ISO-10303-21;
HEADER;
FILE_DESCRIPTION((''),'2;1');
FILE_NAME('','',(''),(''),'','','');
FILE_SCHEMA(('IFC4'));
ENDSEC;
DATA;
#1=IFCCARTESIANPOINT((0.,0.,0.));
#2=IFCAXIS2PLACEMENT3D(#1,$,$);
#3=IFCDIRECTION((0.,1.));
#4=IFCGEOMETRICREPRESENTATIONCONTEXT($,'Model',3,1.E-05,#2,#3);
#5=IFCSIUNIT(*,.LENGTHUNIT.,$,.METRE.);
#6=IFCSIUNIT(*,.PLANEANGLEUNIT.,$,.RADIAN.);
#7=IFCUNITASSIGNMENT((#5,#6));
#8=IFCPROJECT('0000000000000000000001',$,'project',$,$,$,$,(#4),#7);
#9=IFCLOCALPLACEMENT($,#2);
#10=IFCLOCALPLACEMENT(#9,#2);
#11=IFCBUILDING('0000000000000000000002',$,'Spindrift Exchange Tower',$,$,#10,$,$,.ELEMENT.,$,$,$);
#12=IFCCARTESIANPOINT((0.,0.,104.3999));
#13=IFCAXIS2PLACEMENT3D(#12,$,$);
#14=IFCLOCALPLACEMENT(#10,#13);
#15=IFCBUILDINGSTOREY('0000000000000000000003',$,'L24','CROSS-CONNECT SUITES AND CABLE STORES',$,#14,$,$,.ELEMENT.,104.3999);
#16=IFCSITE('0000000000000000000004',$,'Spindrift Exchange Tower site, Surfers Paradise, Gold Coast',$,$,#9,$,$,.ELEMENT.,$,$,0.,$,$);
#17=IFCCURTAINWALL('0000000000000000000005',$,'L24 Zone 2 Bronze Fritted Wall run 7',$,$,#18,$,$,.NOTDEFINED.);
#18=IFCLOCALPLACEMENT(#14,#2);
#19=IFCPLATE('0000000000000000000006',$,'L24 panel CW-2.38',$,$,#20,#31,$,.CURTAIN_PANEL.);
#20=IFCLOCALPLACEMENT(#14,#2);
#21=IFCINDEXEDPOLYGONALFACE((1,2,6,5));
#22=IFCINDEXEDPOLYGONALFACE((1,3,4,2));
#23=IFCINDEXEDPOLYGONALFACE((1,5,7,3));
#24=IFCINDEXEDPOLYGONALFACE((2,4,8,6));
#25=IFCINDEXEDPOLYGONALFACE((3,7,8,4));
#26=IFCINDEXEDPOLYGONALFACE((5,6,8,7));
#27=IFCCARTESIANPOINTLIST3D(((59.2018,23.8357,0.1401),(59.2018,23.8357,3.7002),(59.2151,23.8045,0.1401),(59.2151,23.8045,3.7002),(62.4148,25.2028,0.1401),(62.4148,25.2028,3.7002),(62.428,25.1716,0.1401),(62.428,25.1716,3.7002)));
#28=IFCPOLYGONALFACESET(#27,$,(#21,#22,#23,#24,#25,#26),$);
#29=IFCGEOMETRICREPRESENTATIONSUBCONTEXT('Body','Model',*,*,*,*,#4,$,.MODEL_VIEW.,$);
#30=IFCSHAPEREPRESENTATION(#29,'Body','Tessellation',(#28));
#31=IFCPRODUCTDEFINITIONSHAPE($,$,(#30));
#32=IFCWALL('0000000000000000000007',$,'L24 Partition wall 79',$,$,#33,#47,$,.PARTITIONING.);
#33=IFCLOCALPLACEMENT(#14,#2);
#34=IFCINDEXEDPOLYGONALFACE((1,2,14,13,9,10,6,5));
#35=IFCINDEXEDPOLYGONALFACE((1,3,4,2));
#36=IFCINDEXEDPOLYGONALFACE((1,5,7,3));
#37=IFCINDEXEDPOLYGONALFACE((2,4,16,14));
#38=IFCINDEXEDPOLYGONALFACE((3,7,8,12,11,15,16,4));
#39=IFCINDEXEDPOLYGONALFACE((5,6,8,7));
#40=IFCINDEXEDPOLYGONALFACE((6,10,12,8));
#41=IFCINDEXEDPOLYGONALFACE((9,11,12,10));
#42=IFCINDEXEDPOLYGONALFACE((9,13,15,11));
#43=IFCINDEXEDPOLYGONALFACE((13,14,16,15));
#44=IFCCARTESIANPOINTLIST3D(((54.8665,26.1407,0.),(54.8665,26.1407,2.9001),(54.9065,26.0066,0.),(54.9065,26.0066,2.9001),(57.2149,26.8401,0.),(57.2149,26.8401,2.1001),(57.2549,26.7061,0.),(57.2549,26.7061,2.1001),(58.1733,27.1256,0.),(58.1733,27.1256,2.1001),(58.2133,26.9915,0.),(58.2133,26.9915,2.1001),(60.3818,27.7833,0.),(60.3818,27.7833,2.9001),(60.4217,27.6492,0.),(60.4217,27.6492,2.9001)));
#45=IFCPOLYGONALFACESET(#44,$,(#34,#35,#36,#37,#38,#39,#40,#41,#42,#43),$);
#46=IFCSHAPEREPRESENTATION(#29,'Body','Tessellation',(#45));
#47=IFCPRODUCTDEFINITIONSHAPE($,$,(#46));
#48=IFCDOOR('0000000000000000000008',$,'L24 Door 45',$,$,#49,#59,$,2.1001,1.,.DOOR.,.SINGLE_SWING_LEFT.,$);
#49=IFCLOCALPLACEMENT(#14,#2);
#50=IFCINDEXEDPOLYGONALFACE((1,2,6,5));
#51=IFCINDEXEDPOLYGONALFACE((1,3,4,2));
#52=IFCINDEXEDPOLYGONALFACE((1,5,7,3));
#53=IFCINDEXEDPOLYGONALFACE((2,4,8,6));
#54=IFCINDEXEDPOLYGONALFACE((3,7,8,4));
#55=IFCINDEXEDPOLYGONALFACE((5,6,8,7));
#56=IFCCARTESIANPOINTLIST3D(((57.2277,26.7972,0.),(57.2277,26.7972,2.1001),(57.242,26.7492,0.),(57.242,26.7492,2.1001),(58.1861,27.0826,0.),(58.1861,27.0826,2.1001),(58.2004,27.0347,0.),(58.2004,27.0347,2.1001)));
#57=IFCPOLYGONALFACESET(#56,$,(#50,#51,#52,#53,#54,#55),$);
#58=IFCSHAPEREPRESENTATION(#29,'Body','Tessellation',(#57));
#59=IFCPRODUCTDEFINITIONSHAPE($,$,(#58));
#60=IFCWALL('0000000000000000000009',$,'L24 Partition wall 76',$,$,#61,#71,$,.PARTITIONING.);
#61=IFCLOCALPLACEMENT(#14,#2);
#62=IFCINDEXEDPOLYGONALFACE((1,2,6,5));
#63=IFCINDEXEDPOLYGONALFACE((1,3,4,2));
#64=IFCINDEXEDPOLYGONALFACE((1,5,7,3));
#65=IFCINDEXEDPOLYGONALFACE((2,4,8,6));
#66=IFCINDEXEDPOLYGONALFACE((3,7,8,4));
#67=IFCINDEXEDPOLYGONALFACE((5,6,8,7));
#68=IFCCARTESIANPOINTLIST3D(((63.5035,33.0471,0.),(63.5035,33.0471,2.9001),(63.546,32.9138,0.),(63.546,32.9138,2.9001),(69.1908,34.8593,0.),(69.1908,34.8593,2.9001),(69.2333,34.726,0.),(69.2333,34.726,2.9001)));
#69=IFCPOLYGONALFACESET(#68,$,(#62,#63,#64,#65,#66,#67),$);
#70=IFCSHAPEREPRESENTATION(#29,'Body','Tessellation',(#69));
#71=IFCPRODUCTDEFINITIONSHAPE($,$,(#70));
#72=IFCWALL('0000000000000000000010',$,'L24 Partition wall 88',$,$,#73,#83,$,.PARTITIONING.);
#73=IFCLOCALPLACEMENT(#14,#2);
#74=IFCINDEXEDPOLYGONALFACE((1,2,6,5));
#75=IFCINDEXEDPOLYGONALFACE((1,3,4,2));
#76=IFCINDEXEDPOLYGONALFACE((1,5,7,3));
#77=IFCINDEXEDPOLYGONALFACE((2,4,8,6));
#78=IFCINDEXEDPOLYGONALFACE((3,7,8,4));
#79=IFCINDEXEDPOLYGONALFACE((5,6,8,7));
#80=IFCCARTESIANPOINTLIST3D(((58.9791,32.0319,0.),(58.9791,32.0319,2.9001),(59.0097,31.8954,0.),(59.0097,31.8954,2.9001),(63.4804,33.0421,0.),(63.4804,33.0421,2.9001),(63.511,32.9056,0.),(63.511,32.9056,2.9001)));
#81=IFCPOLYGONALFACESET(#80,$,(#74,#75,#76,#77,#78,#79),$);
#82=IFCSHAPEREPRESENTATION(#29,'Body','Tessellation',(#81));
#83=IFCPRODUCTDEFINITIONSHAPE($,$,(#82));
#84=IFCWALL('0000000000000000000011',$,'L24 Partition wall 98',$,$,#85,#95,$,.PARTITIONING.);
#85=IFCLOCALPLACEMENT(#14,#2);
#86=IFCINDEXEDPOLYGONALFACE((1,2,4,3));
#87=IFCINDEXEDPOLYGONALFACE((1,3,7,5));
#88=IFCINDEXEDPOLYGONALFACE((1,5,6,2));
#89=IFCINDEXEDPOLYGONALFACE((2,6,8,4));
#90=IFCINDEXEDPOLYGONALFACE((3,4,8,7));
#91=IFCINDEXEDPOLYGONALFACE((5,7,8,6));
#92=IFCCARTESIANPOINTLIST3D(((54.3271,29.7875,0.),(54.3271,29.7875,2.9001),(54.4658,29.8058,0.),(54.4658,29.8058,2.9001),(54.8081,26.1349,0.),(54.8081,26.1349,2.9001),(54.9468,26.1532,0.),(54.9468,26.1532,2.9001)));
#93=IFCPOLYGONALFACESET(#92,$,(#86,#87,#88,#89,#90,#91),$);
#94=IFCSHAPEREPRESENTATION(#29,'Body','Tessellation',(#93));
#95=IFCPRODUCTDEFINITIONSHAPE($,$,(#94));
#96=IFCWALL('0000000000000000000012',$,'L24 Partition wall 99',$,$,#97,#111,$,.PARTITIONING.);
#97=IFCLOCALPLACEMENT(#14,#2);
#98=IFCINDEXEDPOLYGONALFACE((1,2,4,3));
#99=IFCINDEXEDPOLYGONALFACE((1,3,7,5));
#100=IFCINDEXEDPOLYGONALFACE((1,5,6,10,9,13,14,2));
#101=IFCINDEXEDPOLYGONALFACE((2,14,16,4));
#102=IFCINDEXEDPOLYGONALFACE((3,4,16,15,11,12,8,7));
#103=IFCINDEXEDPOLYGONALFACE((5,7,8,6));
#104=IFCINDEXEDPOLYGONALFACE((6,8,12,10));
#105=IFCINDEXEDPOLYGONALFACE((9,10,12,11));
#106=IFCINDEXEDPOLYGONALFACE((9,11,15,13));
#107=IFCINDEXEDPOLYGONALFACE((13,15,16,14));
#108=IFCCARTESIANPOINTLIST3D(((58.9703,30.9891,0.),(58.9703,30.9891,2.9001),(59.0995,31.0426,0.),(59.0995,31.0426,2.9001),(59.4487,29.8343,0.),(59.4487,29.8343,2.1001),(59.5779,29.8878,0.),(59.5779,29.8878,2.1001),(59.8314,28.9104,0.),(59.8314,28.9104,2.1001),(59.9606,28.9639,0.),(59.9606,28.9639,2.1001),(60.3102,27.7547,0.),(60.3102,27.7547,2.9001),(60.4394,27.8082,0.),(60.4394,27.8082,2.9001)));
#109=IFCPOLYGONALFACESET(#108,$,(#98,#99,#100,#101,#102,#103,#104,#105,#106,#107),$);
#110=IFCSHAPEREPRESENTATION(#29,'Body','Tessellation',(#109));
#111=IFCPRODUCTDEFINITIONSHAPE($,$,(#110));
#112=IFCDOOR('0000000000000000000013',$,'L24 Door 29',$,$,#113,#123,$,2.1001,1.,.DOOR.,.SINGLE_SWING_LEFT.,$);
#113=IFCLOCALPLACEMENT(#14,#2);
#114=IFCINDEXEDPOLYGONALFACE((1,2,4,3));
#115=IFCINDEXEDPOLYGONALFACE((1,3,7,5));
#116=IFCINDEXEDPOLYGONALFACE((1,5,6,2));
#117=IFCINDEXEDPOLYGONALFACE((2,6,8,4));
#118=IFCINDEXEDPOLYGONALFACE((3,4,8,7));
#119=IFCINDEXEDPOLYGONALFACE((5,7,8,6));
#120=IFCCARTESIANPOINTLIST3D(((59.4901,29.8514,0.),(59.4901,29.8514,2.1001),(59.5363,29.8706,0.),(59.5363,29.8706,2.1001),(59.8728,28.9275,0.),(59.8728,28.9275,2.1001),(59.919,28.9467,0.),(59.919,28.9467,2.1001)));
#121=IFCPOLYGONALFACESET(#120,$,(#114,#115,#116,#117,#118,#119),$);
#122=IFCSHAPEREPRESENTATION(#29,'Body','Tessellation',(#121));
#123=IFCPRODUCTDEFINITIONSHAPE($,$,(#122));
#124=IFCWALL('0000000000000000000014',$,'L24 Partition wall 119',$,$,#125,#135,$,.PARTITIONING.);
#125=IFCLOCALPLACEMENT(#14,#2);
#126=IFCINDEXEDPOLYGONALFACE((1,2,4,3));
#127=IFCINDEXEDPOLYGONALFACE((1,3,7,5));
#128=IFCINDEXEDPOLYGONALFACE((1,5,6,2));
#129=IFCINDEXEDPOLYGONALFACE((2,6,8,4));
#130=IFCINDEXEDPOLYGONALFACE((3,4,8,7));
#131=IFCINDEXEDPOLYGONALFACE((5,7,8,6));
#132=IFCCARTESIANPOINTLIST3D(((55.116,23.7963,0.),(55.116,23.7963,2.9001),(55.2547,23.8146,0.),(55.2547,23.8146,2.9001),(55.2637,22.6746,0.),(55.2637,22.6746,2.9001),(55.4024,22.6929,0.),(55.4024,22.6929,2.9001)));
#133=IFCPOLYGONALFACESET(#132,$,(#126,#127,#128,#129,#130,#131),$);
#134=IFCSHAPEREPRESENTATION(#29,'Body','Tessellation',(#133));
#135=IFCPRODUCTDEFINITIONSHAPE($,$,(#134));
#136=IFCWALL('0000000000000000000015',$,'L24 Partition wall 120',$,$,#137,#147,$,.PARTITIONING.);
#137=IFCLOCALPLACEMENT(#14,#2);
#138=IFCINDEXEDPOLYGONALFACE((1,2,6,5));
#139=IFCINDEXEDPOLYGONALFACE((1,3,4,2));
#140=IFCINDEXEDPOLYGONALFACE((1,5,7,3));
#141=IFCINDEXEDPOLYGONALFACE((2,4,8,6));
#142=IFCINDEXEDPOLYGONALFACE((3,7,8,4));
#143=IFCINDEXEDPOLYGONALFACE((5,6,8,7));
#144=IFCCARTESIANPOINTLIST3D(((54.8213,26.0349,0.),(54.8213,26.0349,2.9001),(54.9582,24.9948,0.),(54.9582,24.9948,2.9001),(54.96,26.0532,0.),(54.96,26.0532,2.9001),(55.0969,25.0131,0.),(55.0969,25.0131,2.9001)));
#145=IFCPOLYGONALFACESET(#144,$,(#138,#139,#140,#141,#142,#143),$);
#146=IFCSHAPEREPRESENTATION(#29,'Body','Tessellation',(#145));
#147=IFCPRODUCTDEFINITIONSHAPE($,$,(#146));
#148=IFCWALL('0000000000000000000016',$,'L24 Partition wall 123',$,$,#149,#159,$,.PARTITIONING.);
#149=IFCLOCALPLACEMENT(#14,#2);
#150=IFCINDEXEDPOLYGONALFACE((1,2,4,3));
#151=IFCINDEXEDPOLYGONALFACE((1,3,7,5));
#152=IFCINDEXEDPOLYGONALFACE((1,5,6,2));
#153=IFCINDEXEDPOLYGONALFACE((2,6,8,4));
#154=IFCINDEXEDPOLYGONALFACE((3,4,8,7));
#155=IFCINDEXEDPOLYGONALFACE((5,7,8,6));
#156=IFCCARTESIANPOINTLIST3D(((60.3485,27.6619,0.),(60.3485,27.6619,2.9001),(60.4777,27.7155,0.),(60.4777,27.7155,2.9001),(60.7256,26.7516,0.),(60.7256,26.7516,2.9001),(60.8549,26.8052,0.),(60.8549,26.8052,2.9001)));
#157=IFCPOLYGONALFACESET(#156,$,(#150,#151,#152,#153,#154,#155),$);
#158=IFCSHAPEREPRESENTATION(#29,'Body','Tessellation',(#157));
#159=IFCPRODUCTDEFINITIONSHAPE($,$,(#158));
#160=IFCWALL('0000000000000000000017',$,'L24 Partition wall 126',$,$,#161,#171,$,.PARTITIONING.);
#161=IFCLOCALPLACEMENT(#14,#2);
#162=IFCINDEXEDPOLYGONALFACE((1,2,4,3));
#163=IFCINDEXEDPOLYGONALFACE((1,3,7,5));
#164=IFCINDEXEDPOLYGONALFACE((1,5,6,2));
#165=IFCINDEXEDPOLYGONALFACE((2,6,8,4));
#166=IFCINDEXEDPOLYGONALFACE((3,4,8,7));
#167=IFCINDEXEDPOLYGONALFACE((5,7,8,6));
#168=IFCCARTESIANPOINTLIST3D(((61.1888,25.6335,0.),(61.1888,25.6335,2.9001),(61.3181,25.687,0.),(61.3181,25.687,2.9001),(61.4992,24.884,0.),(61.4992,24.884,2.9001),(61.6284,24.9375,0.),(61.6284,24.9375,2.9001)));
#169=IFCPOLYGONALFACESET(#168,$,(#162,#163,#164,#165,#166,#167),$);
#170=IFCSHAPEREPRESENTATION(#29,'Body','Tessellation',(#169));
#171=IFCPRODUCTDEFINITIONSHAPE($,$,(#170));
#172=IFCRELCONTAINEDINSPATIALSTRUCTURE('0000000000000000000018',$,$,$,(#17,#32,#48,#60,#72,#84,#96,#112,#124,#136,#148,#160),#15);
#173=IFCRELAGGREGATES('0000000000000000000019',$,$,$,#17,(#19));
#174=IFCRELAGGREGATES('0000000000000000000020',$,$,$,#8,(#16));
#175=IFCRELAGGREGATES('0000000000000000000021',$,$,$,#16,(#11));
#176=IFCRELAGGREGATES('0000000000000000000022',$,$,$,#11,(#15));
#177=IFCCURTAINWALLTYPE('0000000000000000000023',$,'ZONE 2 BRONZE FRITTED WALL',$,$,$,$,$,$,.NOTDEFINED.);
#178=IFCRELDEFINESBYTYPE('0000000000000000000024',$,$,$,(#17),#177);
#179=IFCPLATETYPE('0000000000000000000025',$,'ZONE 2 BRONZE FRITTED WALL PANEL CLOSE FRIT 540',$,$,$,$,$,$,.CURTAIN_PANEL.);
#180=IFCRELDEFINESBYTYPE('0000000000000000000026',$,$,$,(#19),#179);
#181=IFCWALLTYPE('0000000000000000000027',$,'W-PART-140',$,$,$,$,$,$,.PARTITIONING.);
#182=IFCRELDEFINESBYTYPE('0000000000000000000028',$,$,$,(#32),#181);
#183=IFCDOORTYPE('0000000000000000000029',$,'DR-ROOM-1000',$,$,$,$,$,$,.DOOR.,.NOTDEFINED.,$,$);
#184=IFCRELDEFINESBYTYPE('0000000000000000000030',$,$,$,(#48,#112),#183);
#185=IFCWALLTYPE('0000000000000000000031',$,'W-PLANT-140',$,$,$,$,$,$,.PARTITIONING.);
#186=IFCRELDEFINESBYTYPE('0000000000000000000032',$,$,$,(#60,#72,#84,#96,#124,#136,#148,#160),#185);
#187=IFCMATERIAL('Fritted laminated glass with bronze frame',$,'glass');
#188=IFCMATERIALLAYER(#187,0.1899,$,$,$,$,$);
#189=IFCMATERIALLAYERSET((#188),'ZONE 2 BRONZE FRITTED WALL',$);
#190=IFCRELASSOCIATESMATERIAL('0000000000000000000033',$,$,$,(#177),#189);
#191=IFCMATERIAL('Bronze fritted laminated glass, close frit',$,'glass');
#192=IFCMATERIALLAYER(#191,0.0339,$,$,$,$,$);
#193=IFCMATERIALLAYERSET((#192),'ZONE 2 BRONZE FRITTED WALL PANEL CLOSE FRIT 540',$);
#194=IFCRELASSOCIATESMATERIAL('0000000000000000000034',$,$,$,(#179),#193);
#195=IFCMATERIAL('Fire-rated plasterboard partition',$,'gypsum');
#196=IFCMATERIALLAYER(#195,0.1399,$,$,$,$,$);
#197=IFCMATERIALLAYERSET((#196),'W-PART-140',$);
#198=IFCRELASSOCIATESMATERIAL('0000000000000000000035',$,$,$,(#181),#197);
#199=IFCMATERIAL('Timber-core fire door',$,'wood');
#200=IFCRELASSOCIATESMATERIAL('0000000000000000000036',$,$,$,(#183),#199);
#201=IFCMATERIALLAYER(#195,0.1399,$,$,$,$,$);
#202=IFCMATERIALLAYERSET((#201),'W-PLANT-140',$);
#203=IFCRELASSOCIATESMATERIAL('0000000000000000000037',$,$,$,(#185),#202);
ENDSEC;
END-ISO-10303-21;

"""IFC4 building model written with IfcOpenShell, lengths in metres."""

from ifc_helpers import new_model, si_unit, direction, frame, frame_2d, origin, origin_2d, place, context, subcontext, project, spatial, rectangle, extrude, source, transform, mapped, material, layer, layer_set, type_object, element, fill, aggregate, save


model = new_model("IFC4")

# Units and contexts
model_context = context("Model", 3, precision=1e-05, world=origin(), true_north=direction((0.0, 1.0)))
body_context = subcontext(model_context, "Body", "Model", "MODEL_VIEW")
ifc_project = project(units=[si_unit("LENGTHUNIT", "METRE"), si_unit("PLANEANGLEUNIT", "RADIAN")], contexts=[model_context])

# Site, building, storey
site_placement = place(None, origin())
site = spatial("IfcSite", under=ifc_project, at=site_placement, Name="Spindrift Exchange Tower site, Surfers Paradise, Gold Coast", CompositionType="ELEMENT", RefElevation=0.0)
building_placement = place(site_placement, origin())
building = spatial("IfcBuilding", under=site, at=building_placement, Name="Spindrift Exchange Tower", CompositionType="ELEMENT")
storey_placement = place(building_placement, frame((0.0, 0.0, 104.3999)))
storey = spatial("IfcBuildingStorey", under=building, at=storey_placement, Name="L24", Description="CROSS-CONNECT SUITES AND CABLE STORES", CompositionType="ELEMENT", Elevation=104.3999)

# Curtain wall
ifc_material_1 = material(Name="Fritted laminated glass with bronze frame", Category="glass")
ifc_layer_1 = layer(ifc_material_1, 0.1899)
ifc_layer_set_1 = layer_set([ifc_layer_1], Name="ZONE 2 BRONZE FRITTED WALL")
curtain_wall_type = type_object("IfcCurtainWallType", Name="ZONE 2 BRONZE FRITTED WALL", PredefinedType="NOTDEFINED", material=ifc_layer_set_1)
curtain_wall_1_placement = place(storey_placement, origin())
curtain_wall_1 = element("IfcCurtainWall", 1, at=curtain_wall_1_placement, inside=storey, type_object=curtain_wall_type, Name="L24 Zone 2 Bronze Fritted Wall run 7", PredefinedType="NOTDEFINED")

# Shared definitions
ifc_material_2 = material(Name="Bronze fritted laminated glass, close frit", Category="glass")

# Plate
ifc_layer_2 = layer(ifc_material_2, 0.0339)
ifc_layer_set_2 = layer_set([ifc_layer_2], Name="ZONE 2 BRONZE FRITTED WALL PANEL CLOSE FRIT 540")
plate_type_1 = type_object("IfcPlateType", Name="ZONE 2 BRONZE FRITTED WALL PANEL CLOSE FRIT 540", PredefinedType="CURTAIN_PANEL", material=ifc_layer_set_2)
shared_shape_1 = source(origin(), body_context, "Body", "SweptSolid", [
    extrude(rectangle(XDim=3.4917, YDim=0.0339, at=origin_2d()), origin(), (0.0, 0.0, 1.0), 3.5601),
])
plate_1_placement = place(storey_placement, frame((60.8149, 24.5037, 0.1401), z_axis=(0.0, 0.0, 1.0), x_axis=(0.92016, 0.391542, 0.0)))
plate_1 = element("IfcPlate", 2, at=plate_1_placement, type_object=plate_type_1, Name="L24 panel CW-2.38", PredefinedType="CURTAIN_PANEL", context=body_context, shape_type="MappedRepresentation", body=[
    mapped(shared_shape_1, transform((0.0, 0.0, 0.0), scale=1.0)),
])
aggregate(curtain_wall_1, [plate_1])

# Wall, opening, door
ifc_material_3 = material(Name="Fire-rated plasterboard partition", Category="gypsum")
ifc_layer_3 = layer(ifc_material_3, 0.1399)
ifc_layer_set_3 = layer_set([ifc_layer_3], Name="W-PART-140")
wall_type_1 = type_object("IfcWallType", Name="W-PART-140", PredefinedType="PARTITIONING", material=ifc_layer_set_3)
wall_1_placement = place(storey_placement, frame((60.4019, 27.7163, 0.0), z_axis=(0.0, 0.0, 1.0), x_axis=(-0.958397, -0.28544, 0.0)))
wall_1 = element("IfcWall", 3, at=wall_1_placement, inside=storey, type_object=wall_type_1, Name="L24 Partition wall 79", PredefinedType="PARTITIONING", context=body_context, shape_type="SweptSolid", body=[
    extrude(rectangle(XDim=5.7546, YDim=0.1399, at=frame_2d((2.8774, 0.0))), origin(), (0.0, 0.0, 1.0), 2.9001),
])
opening_1_placement = place(wall_1_placement, frame((2.3044, 0.0, 0.0)))
opening_1 = element("IfcOpeningElement", 4, at=opening_1_placement, cuts=wall_1, PredefinedType="OPENING", context=body_context, shape_type="SweptSolid", body=[
    extrude(rectangle(XDim=1.0, YDim=2.1001, at=frame_2d((0.5, 1.05))), frame((0.0, 0.0798, 0.0), z_axis=(0.0, -1.0, 0.0), x_axis=(1.0, 0.0, 0.0)), (0.0, 0.0, 1.0), 0.1599),
])
ifc_material_4 = material(Name="Timber-core fire door", Category="wood")
door_type = type_object("IfcDoorType", Name="DR-ROOM-1000", OperationType="NOTDEFINED", PredefinedType="DOOR", material=ifc_material_4)
shared_shape_2 = source(origin(), body_context, "Body", "SweptSolid", [
    extrude(rectangle(XDim=1.0, YDim=2.1001, at=frame_2d((0.5, 1.05))), frame((0.0, 0.0249, 0.0), z_axis=(0.0, -1.0, 0.0), x_axis=(1.0, 0.0, 0.0)), (0.0, 0.0, 1.0), 0.05),
])
door_1_placement = place(opening_1_placement, origin())
door_1 = element("IfcDoor", 5, at=door_1_placement, inside=storey, type_object=door_type, Name="L24 Door 45", OperationType="SINGLE_SWING_LEFT", OverallHeight=2.1001, OverallWidth=1.0, PredefinedType="DOOR", context=body_context, shape_type="MappedRepresentation", body=[
    mapped(shared_shape_2, transform((0.0, 0.0, 0.0), scale=1.0)),
])
fill(opening_1, door_1)

# Walls
ifc_layer_4 = layer(ifc_material_3, 0.1399)
ifc_layer_set_4 = layer_set([ifc_layer_4], Name="W-PLANT-140")
wall_type_2 = type_object("IfcWallType", Name="W-PLANT-140", PredefinedType="PARTITIONING", material=ifc_layer_set_4)
wall_2_placement = place(storey_placement, frame((63.5249, 32.9805, 0.0), z_axis=(0.0, 0.0, 1.0), x_axis=(0.952796, 0.30361, 0.0)))
element("IfcWall", 6, at=wall_2_placement, inside=storey, type_object=wall_type_2, Name="L24 Partition wall 76", PredefinedType="PARTITIONING", context=body_context, shape_type="SweptSolid", body=[
    extrude(rectangle(XDim=5.969, YDim=0.1399, at=frame_2d((2.9844, 0.0))), origin(), (0.0, 0.0, 1.0), 2.9001),
])
wall_3_placement = place(storey_placement, frame((58.9944, 31.9636, 0.0), z_axis=(0.0, 0.0, 1.0), x_axis=(0.975727, 0.218992, 0.0)))
element("IfcWall", 7, at=wall_3_placement, inside=storey, type_object=wall_type_2, Name="L24 Partition wall 88", PredefinedType="PARTITIONING", context=body_context, shape_type="SweptSolid", body=[
    extrude(rectangle(XDim=4.6133, YDim=0.1399, at=frame_2d((2.3066, 0.0))), origin(), (0.0, 0.0, 1.0), 2.9001),
])
wall_4_placement = place(storey_placement, frame((54.3965, 29.7966, 0.0), z_axis=(0.0, 0.0, 1.0), x_axis=(0.130549, -0.991442, 0.0)))
element("IfcWall", 8, at=wall_4_placement, inside=storey, type_object=wall_type_2, Name="L24 Partition wall 98", PredefinedType="PARTITIONING", context=body_context, shape_type="SweptSolid", body=[
    extrude(rectangle(XDim=3.6841, YDim=0.1399, at=frame_2d((1.842, 0.0))), origin(), (0.0, 0.0, 1.0), 2.9001),
])

# Wall, opening, door
wall_5_placement = place(storey_placement, frame((59.0349, 31.0159, 0.0), z_axis=(0.0, 0.0, 1.0), x_axis=(0.382713, -0.923867, 0.0)))
wall_5 = element("IfcWall", 9, at=wall_5_placement, inside=storey, type_object=wall_type_2, Name="L24 Partition wall 99", PredefinedType="PARTITIONING", context=body_context, shape_type="SweptSolid", body=[
    extrude(rectangle(XDim=3.501, YDim=0.1399, at=frame_2d((1.7505, 0.0))), origin(), (0.0, 0.0, 1.0), 2.9001),
])
opening_2_placement = place(wall_5_placement, frame((1.25, 0.0, 0.0)))
opening_2 = element("IfcOpeningElement", 10, at=opening_2_placement, cuts=wall_5, PredefinedType="OPENING", context=body_context, shape_type="SweptSolid", body=[
    extrude(rectangle(XDim=1.0, YDim=2.1001, at=frame_2d((0.5, 1.05))), frame((0.0, 0.0798, 0.0), z_axis=(0.0, -1.0, 0.0), x_axis=(1.0, 0.0, 0.0)), (0.0, 0.0, 1.0), 0.1599),
])
door_2_placement = place(opening_2_placement, origin())
door_2 = element("IfcDoor", 11, at=door_2_placement, inside=storey, type_object=door_type, Name="L24 Door 29", OperationType="SINGLE_SWING_LEFT", OverallHeight=2.1001, OverallWidth=1.0, PredefinedType="DOOR", context=body_context, shape_type="MappedRepresentation", body=[
    mapped(shared_shape_2, transform((0.0, 0.0, 0.0), scale=1.0)),
])
fill(opening_2, door_2)

# Walls
wall_6_placement = place(storey_placement, frame((55.1853, 23.8054, 0.0), z_axis=(0.0, 0.0, 1.0), x_axis=(0.130566, -0.99144, 0.0)))
element("IfcWall", 12, at=wall_6_placement, inside=storey, type_object=wall_type_2, Name="L24 Partition wall 119", PredefinedType="PARTITIONING", context=body_context, shape_type="SweptSolid", body=[
    extrude(rectangle(XDim=1.1313, YDim=0.1399, at=frame_2d((0.5657, 0.0))), origin(), (0.0, 0.0, 1.0), 2.9001),
])
wall_7_placement = place(storey_placement, frame((54.8906, 26.0439, 0.0), z_axis=(0.0, 0.0, 1.0), x_axis=(0.130563, -0.99144, 0.0)))
element("IfcWall", 13, at=wall_7_placement, inside=storey, type_object=wall_type_2, Name="L24 Partition wall 120", PredefinedType="PARTITIONING", context=body_context, shape_type="SweptSolid", body=[
    extrude(rectangle(XDim=1.0491, YDim=0.1399, at=frame_2d((0.5244, 0.0))), origin(), (0.0, 0.0, 1.0), 2.9001),
])
wall_8_placement = place(storey_placement, frame((60.4131, 27.6887, 0.0), z_axis=(0.0, 0.0, 1.0), x_axis=(0.382768, -0.923845, 0.0)))
element("IfcWall", 14, at=wall_8_placement, inside=storey, type_object=wall_type_2, Name="L24 Partition wall 123", PredefinedType="PARTITIONING", context=body_context, shape_type="SweptSolid", body=[
    extrude(rectangle(XDim=0.9854, YDim=0.1399, at=frame_2d((0.4927, 0.0))), origin(), (0.0, 0.0, 1.0), 2.9001),
])
wall_9_placement = place(storey_placement, frame((61.2534, 25.6604, 0.0), z_axis=(0.0, 0.0, 1.0), x_axis=(0.38252, -0.923947, 0.0)))
element("IfcWall", 15, at=wall_9_placement, inside=storey, type_object=wall_type_2, Name="L24 Partition wall 126", PredefinedType="PARTITIONING", context=body_context, shape_type="SweptSolid", body=[
    extrude(rectangle(XDim=0.8113, YDim=0.1399, at=frame_2d((0.4058, 0.0))), origin(), (0.0, 0.0, 1.0), 2.9001),
])

save(model, "model.ifc")
